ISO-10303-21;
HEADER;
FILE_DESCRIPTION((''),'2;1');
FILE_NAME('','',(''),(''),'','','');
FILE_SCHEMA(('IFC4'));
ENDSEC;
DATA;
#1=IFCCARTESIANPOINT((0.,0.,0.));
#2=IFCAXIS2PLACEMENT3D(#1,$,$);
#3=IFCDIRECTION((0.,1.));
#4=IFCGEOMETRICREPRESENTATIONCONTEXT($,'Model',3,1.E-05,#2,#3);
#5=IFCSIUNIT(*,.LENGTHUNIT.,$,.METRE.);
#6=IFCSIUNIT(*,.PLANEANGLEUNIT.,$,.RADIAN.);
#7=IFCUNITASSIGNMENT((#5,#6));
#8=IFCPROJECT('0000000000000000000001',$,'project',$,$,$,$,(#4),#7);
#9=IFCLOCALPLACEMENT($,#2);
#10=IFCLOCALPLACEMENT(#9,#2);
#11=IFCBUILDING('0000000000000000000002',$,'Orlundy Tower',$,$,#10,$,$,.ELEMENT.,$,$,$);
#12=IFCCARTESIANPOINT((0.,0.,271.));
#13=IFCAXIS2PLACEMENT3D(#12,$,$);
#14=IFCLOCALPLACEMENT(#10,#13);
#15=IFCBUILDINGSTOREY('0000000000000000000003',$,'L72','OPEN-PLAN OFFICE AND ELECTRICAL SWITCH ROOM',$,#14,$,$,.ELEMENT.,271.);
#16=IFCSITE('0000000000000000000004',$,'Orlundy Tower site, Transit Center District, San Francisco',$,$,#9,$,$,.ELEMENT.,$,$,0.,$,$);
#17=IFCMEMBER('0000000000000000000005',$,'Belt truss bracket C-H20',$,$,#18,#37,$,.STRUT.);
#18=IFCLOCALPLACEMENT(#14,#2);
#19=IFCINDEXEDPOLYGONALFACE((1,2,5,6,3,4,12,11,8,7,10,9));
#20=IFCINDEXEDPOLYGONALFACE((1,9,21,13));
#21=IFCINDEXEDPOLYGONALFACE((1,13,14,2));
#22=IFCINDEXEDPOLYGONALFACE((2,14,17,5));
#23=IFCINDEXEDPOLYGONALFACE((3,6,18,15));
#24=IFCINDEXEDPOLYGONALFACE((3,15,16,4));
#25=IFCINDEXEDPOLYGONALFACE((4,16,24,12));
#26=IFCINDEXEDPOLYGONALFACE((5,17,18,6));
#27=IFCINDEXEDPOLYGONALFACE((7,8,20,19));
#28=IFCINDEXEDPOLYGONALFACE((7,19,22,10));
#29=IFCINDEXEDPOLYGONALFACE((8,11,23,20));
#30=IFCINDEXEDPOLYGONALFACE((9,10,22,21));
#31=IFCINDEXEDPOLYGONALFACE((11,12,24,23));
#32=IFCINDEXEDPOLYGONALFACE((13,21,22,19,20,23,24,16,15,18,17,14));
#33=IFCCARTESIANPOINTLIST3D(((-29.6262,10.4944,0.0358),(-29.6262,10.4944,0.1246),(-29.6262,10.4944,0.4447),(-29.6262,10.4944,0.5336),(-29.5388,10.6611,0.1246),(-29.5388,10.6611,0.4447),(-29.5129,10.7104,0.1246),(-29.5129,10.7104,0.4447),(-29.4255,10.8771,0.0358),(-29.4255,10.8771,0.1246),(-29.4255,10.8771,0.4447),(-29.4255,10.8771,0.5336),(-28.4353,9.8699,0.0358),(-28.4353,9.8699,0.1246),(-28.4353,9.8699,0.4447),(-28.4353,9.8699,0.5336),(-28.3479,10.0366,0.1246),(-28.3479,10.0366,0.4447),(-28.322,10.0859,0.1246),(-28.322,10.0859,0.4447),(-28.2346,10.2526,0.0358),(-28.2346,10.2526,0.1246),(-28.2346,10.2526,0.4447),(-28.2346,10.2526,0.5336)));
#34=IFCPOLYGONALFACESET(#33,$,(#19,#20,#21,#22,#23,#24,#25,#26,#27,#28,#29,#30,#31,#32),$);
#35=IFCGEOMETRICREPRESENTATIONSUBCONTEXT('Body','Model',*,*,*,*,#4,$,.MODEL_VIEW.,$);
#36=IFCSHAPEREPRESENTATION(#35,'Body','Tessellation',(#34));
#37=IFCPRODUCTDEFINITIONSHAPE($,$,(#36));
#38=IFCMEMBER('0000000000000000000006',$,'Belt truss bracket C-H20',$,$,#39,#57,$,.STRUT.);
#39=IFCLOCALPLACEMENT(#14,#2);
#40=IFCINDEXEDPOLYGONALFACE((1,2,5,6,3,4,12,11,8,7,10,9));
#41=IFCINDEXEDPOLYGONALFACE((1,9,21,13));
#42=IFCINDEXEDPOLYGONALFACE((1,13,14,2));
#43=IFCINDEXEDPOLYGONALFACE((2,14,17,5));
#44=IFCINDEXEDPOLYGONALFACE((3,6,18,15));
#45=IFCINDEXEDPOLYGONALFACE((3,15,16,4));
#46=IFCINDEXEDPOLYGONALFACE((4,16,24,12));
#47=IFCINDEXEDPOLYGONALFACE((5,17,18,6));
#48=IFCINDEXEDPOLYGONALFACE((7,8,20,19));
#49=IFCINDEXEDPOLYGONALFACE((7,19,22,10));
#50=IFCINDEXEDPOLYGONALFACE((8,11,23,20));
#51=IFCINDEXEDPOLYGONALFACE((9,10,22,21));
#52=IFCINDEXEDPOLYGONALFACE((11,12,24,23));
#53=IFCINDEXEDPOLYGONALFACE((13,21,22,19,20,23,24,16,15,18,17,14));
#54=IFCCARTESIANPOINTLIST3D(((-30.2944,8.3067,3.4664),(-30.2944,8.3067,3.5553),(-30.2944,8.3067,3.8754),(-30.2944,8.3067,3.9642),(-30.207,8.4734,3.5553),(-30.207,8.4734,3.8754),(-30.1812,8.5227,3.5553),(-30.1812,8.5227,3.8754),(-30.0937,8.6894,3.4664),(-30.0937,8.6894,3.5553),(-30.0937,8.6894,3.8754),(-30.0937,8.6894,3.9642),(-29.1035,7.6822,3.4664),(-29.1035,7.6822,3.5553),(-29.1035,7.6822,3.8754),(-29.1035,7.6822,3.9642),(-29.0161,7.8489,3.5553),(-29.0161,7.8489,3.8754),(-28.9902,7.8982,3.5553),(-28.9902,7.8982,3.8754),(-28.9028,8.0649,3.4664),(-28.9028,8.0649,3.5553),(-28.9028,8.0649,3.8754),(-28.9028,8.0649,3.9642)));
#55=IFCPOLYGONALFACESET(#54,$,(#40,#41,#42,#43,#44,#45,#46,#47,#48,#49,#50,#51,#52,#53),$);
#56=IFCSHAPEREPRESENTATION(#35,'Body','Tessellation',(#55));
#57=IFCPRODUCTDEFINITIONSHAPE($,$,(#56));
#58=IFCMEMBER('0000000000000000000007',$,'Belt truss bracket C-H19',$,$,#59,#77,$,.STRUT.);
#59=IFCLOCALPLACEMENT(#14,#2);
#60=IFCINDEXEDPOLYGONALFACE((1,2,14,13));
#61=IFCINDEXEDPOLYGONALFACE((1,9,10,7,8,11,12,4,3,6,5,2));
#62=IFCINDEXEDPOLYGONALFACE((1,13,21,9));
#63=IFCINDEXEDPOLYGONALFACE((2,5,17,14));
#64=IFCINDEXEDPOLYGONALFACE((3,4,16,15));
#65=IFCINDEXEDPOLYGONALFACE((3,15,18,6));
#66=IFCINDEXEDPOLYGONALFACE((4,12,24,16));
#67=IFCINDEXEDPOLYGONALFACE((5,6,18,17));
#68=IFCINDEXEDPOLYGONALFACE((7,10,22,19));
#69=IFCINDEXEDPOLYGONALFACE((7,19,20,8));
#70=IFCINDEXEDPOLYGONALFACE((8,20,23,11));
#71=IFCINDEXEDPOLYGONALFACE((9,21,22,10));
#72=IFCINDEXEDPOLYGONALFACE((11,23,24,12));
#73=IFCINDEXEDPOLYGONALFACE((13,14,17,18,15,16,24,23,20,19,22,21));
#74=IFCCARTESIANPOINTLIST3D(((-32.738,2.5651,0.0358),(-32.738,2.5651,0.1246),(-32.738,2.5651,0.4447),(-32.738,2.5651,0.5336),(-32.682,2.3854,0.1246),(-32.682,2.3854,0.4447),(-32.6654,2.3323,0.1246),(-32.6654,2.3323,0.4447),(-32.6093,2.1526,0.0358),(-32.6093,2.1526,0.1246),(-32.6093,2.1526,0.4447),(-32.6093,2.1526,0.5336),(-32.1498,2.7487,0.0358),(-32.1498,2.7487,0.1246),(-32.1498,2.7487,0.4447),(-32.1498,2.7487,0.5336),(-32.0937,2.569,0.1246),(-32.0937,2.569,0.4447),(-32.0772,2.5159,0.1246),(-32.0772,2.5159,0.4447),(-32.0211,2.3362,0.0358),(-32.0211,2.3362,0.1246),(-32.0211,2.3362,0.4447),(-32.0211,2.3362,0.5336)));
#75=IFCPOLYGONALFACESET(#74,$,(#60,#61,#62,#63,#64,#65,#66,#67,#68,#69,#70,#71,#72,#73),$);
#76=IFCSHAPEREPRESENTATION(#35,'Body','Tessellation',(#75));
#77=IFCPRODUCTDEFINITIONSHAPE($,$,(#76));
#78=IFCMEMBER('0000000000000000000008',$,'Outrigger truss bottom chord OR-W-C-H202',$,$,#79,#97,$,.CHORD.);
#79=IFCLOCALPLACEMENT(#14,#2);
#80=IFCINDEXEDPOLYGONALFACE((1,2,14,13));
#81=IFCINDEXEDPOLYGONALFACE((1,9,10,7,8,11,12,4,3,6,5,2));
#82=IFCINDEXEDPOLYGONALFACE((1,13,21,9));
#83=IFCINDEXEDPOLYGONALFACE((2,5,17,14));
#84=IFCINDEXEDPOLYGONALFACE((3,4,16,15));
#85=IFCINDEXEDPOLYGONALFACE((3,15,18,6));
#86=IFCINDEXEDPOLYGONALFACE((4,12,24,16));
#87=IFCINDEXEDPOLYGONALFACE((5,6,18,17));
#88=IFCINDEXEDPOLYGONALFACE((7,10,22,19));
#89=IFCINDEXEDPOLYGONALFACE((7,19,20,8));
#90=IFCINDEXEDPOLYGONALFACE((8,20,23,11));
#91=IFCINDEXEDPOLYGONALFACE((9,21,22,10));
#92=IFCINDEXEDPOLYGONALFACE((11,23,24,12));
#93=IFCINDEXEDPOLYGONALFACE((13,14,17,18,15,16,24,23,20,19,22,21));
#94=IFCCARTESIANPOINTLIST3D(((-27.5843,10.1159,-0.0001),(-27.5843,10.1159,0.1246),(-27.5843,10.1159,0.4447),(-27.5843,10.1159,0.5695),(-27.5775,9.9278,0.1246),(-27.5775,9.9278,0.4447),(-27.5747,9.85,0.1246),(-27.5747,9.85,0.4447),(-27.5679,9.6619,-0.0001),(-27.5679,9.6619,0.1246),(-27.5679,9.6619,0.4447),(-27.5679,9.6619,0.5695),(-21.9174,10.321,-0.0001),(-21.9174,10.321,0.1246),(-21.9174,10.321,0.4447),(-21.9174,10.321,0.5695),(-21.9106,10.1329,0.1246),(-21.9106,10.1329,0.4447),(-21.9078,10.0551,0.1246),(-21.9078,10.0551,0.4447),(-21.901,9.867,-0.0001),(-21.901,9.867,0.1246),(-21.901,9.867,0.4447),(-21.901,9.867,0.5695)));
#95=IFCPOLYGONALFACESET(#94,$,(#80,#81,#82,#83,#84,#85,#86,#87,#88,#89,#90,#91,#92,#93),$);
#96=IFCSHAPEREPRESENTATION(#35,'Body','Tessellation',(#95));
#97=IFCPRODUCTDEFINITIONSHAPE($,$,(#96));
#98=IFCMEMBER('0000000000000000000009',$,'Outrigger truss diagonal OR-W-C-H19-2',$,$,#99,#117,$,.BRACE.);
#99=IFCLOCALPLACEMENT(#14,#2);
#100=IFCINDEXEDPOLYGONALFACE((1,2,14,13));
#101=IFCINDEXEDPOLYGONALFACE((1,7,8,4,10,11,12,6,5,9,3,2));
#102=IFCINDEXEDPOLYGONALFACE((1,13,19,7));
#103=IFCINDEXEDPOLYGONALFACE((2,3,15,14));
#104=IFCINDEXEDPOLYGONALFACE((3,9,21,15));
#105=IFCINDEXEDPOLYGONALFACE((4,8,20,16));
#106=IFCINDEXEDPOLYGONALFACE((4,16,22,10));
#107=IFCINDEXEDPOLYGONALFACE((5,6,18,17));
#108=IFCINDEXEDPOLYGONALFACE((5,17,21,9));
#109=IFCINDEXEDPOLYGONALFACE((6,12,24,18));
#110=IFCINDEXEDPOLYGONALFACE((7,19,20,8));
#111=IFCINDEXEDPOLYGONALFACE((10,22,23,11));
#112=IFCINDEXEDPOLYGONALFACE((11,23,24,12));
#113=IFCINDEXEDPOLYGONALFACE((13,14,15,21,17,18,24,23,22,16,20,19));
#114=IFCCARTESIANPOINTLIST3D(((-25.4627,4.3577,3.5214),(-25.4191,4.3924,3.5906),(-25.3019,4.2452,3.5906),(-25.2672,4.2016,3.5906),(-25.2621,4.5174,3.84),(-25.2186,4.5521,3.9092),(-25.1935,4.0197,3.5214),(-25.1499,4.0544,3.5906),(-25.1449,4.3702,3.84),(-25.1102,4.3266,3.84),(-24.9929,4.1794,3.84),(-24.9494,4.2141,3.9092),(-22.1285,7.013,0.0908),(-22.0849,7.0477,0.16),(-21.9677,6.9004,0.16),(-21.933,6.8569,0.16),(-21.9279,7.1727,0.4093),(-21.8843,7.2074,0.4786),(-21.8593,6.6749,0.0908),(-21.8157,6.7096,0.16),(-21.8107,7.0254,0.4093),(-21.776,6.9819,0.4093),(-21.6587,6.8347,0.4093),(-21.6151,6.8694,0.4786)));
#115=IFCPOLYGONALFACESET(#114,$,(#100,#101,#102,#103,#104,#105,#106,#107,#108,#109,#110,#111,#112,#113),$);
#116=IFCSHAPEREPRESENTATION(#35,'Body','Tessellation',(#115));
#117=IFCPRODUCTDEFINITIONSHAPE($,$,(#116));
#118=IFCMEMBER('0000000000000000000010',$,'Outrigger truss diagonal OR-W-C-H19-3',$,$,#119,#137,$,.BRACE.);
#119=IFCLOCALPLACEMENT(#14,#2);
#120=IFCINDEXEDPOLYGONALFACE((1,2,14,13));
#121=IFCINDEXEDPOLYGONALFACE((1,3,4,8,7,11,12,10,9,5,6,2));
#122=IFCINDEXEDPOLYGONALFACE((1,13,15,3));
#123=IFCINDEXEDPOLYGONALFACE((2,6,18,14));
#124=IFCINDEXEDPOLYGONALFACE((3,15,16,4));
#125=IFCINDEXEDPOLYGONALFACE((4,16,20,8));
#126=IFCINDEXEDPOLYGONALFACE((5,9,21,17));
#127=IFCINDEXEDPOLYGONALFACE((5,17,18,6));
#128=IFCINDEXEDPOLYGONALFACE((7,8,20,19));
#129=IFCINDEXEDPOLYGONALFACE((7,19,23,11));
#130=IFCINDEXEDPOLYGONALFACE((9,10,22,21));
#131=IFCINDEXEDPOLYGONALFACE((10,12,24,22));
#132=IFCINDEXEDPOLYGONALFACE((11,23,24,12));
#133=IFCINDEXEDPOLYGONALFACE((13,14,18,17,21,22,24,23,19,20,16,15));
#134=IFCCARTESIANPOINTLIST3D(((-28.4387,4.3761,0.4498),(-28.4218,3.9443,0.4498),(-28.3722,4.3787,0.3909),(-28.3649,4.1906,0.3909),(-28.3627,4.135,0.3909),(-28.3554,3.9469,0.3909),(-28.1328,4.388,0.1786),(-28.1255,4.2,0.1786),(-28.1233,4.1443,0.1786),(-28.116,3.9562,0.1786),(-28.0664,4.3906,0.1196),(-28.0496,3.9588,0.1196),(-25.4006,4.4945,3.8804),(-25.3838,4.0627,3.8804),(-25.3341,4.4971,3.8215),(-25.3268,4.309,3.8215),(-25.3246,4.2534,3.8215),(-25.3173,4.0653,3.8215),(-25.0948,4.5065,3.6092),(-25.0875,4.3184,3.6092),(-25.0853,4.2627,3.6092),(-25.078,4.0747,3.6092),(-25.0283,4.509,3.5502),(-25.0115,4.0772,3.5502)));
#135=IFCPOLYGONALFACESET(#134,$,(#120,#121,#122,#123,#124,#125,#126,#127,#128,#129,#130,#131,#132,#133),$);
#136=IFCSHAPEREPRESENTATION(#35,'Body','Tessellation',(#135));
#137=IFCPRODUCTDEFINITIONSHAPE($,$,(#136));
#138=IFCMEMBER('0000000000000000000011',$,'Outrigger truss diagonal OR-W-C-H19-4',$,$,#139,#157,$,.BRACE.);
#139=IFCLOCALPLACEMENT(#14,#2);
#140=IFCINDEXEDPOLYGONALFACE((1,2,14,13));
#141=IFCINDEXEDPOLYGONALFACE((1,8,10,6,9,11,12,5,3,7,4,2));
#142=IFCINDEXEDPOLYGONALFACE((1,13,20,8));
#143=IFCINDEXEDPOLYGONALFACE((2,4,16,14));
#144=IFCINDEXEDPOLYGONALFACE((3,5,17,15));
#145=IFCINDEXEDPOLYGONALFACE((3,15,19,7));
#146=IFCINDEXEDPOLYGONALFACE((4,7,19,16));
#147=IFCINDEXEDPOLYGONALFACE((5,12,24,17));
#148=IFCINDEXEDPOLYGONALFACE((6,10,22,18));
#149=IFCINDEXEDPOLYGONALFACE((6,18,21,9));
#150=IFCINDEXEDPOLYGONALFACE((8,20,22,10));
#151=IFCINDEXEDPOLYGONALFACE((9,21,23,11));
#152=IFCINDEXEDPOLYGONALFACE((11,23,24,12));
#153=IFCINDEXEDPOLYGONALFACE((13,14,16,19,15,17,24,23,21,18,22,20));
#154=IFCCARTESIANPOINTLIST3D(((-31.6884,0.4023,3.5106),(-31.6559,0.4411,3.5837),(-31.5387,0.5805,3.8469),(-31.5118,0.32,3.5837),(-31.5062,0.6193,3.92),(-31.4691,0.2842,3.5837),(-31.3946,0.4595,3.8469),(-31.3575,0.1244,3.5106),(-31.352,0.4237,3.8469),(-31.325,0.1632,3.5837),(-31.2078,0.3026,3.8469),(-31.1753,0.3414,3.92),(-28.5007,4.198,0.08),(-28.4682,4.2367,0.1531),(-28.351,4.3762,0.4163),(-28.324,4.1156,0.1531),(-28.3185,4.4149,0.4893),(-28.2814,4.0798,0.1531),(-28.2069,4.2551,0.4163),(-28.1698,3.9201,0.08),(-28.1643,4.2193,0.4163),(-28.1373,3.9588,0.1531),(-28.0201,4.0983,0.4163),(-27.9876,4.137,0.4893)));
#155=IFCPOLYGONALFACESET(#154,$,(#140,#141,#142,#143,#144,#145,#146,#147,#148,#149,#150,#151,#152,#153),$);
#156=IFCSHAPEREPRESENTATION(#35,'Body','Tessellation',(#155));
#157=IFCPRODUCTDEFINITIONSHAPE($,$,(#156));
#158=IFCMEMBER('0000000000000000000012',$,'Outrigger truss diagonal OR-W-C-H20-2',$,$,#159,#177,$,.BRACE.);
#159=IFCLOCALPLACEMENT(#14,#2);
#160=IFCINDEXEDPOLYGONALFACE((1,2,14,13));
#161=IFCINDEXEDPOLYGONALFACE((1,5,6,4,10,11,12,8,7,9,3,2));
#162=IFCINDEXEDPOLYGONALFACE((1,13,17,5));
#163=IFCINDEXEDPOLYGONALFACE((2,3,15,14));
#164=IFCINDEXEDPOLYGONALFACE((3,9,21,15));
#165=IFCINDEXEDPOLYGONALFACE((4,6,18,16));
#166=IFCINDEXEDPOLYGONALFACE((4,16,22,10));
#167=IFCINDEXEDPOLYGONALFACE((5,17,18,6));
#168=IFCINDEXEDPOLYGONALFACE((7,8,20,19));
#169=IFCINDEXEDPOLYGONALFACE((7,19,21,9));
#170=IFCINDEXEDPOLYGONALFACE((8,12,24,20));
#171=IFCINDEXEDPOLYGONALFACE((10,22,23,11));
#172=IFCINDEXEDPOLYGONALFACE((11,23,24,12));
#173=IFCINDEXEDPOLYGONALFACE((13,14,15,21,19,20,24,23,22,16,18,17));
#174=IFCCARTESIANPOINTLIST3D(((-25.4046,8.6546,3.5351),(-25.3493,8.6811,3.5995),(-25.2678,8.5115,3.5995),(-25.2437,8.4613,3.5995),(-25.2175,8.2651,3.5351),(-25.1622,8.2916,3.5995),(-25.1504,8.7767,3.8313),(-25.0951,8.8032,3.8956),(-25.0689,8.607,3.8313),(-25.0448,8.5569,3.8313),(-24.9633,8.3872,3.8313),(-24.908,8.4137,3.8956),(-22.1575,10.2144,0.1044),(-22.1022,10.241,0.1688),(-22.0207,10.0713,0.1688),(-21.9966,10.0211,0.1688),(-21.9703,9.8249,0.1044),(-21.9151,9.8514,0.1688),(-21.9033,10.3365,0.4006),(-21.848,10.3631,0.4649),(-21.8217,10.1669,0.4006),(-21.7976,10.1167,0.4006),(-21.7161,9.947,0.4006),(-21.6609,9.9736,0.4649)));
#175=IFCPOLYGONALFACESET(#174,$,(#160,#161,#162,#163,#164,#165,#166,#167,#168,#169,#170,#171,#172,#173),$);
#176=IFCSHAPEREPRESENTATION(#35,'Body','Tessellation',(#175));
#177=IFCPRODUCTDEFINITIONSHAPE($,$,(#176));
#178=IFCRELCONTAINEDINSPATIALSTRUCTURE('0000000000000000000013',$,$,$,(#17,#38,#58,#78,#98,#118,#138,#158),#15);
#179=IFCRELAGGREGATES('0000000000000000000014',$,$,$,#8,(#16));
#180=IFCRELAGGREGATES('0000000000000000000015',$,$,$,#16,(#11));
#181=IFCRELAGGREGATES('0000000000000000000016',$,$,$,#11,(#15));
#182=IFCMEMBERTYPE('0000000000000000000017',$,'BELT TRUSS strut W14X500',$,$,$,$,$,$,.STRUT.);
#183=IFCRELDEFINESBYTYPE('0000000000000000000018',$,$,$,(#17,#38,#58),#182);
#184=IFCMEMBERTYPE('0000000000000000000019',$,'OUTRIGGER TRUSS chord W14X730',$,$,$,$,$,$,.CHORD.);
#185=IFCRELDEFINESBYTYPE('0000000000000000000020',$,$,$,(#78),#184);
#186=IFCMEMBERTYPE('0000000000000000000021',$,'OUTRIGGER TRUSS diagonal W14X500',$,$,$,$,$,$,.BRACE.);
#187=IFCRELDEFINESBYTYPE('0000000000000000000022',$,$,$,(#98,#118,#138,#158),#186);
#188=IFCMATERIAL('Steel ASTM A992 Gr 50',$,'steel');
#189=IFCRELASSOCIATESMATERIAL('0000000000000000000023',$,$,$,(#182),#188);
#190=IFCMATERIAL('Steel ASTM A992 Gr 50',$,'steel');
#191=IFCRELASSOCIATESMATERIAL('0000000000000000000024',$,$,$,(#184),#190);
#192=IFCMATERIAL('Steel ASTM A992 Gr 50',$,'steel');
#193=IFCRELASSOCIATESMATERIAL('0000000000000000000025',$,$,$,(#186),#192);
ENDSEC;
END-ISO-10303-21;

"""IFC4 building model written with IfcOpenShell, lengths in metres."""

from ifc_helpers import new_model, si_unit, direction, frame, origin, origin_2d, place, context, subcontext, project, spatial, i_section, extrude, material, material_profile, profile_set, type_object, element, save


model = new_model("IFC4")

# Units and contexts
model_context = context("Model", 3, precision=1e-05, world=origin(), true_north=direction((0.0, 1.0)))
body_context = subcontext(model_context, "Body", "Model", "MODEL_VIEW")
ifc_project = project(units=[si_unit("LENGTHUNIT", "METRE"), si_unit("PLANEANGLEUNIT", "RADIAN")], contexts=[model_context])

# Site, building, storey
site_placement = place(None, origin())
site = spatial("IfcSite", under=ifc_project, at=site_placement, Name="Orlundy Tower site, Transit Center District, San Francisco", CompositionType="ELEMENT", RefElevation=0.0)
building_placement = place(site_placement, origin())
building = spatial("IfcBuilding", under=site, at=building_placement, Name="Orlundy Tower", CompositionType="ELEMENT")
storey_placement = place(building_placement, frame((0.0, 0.0, 271.0)))
storey = spatial("IfcBuildingStorey", under=building, at=storey_placement, Name="L72", Description="OPEN-PLAN OFFICE AND ELECTRICAL SWITCH ROOM", CompositionType="ELEMENT", Elevation=271.0)

# Members
ifc_material_1 = material(Name="Steel ASTM A992 Gr 50", Category="steel")
ifc_material_profile_1 = material_profile(ifc_material_1, i_section(OverallWidth=0.4321, OverallDepth=0.4978, WebThickness=0.0557, FlangeThickness=0.0889, at=origin_2d()), Name="W14X500")
ifc_profile_set_1 = profile_set([ifc_material_profile_1], Name="Steel ASTM A992 Gr 50")
member_type_1 = type_object("IfcMemberType", Name="BELT TRUSS strut W14X500", PredefinedType="STRUT", material=ifc_profile_set_1)
for number, where, z_axis, x_axis, name in (
    (1, (-28.335, 10.0613, 0.2847), (-0.885618, 0.464414, 0.0), (-0.464414, -0.885618, 0.0), "Belt truss bracket C-H20"),
    (2, (-29.0032, 7.8735, 3.7153), (-0.885618, 0.464414, 0.0), (-0.464414, -0.885618, 0.0), "Belt truss bracket C-H20"),
):
    element("IfcMember", number, at=place(storey_placement, frame(where, z_axis=z_axis, x_axis=x_axis)), inside=storey, type_object=member_type_1, Name=name, PredefinedType="STRUT", context=body_context, shape_type="SweptSolid", body=[
        extrude(i_section(OverallWidth=0.4321, OverallDepth=0.4978, WebThickness=0.0557, FlangeThickness=0.0889, at=origin_2d()), origin(), (0.0, 0.0, 1.0), 1.3447),
    ])
member_1_placement = place(storey_placement, frame((-32.0854, 2.5425, 0.2847), z_axis=(-0.954572, -0.297982, 0.0), x_axis=(0.297982, -0.954572, 0.0)))
element("IfcMember", 3, at=member_1_placement, inside=storey, type_object=member_type_1, Name="Belt truss bracket C-H19", PredefinedType="STRUT", context=body_context, shape_type="SweptSolid", body=[
    extrude(i_section(OverallWidth=0.4321, OverallDepth=0.4978, WebThickness=0.0557, FlangeThickness=0.0889, at=origin_2d()), origin(), (0.0, 0.0, 1.0), 0.6162),
])
ifc_material_2 = material(Name="Steel ASTM A992 Gr 50", Category="steel")
ifc_material_profile_2 = material_profile(ifc_material_2, i_section(OverallWidth=0.4543, OverallDepth=0.5696, WebThickness=0.0779, FlangeThickness=0.1248, at=origin_2d()), Name="W14X730")
ifc_profile_set_2 = profile_set([ifc_material_profile_2], Name="Steel ASTM A992 Gr 50")
member_type_2 = type_object("IfcMemberType", Name="OUTRIGGER TRUSS chord W14X730", PredefinedType="CHORD", material=ifc_profile_set_2)
member_2_placement = place(storey_placement, frame((-21.9092, 10.094, 0.2847), z_axis=(-0.999346, -0.036165, 0.0), x_axis=(0.036165, -0.999346, 0.0)))
element("IfcMember", 4, at=member_2_placement, inside=storey, type_object=member_type_2, Name="Outrigger truss bottom chord OR-W-C-H202", PredefinedType="CHORD", context=body_context, shape_type="SweptSolid", body=[
    extrude(i_section(OverallWidth=0.4543, OverallDepth=0.5696, WebThickness=0.0779, FlangeThickness=0.1248, at=origin_2d()), origin(), (0.0, 0.0, 1.0), 5.6707),
])
ifc_material_3 = material(Name="Steel ASTM A992 Gr 50", Category="steel")
ifc_material_profile_3 = material_profile(ifc_material_3, i_section(OverallWidth=0.4321, OverallDepth=0.4978, WebThickness=0.0557, FlangeThickness=0.0889, at=origin_2d()), Name="W14X500")
ifc_profile_set_3 = profile_set([ifc_material_profile_3], Name="Steel ASTM A992 Gr 50")
member_type_3 = type_object("IfcMemberType", Name="OUTRIGGER TRUSS diagonal W14X500", PredefinedType="BRACE", material=ifc_profile_set_3)
member_3_placement = place(storey_placement, frame((-21.8718, 6.9412, 0.2847), z_axis=(-0.609384, -0.485294, 0.627009), x_axis=(0.622961, -0.782253, 0.0)))
element("IfcMember", 5, at=member_3_placement, inside=storey, type_object=member_type_3, Name="Outrigger truss diagonal OR-W-C-H19-2", PredefinedType="BRACE", context=body_context, shape_type="SweptSolid", body=[
    extrude(i_section(OverallWidth=0.4321, OverallDepth=0.4978, WebThickness=0.0557, FlangeThickness=0.0889, at=origin_2d()), origin(), (0.0, 0.0, 1.0), 5.4714),
])
member_4_placement = place(storey_placement, frame((-25.2061, 4.2859, 3.7153), z_axis=(-0.662753, -0.025831, -0.748393), x_axis=(0.038945, -0.999241, 0.0)))
element("IfcMember", 6, at=member_4_placement, inside=storey, type_object=member_type_3, Name="Outrigger truss diagonal OR-W-C-H19-3", PredefinedType="BRACE", context=body_context, shape_type="SweptSolid", body=[
    extrude(i_section(OverallWidth=0.4321, OverallDepth=0.4978, WebThickness=0.0557, FlangeThickness=0.0889, at=origin_2d()), origin(), (0.0, 0.0, 1.0), 4.584),
])
member_5_placement = place(storey_placement, frame((-28.2441, 4.1675, 0.2847), z_axis=(-0.528813, -0.629659, 0.569111), x_axis=(0.765765, -0.64312, 0.0)))
element("IfcMember", 7, at=member_5_placement, inside=storey, type_object=member_type_3, Name="Outrigger truss diagonal OR-W-C-H19-4", PredefinedType="BRACE", context=body_context, shape_type="SweptSolid", body=[
    extrude(i_section(OverallWidth=0.4321, OverallDepth=0.4978, WebThickness=0.0557, FlangeThickness=0.0889, at=origin_2d()), origin(), (0.0, 0.0, 1.0), 6.0281),
])
member_6_placement = place(storey_placement, frame((-21.9092, 10.094, 0.2847), z_axis=(-0.652739, -0.31356, 0.689646), x_axis=(0.433006, -0.901391, 0.0)))
element("IfcMember", 8, at=member_6_placement, inside=storey, type_object=member_type_3, Name="Outrigger truss diagonal OR-W-C-H20-2", PredefinedType="BRACE", context=body_context, shape_type="SweptSolid", body=[
    extrude(i_section(OverallWidth=0.4321, OverallDepth=0.4978, WebThickness=0.0557, FlangeThickness=0.0889, at=origin_2d()), origin(), (0.0, 0.0, 1.0), 4.9746),
])

save(model, "model.ifc")
